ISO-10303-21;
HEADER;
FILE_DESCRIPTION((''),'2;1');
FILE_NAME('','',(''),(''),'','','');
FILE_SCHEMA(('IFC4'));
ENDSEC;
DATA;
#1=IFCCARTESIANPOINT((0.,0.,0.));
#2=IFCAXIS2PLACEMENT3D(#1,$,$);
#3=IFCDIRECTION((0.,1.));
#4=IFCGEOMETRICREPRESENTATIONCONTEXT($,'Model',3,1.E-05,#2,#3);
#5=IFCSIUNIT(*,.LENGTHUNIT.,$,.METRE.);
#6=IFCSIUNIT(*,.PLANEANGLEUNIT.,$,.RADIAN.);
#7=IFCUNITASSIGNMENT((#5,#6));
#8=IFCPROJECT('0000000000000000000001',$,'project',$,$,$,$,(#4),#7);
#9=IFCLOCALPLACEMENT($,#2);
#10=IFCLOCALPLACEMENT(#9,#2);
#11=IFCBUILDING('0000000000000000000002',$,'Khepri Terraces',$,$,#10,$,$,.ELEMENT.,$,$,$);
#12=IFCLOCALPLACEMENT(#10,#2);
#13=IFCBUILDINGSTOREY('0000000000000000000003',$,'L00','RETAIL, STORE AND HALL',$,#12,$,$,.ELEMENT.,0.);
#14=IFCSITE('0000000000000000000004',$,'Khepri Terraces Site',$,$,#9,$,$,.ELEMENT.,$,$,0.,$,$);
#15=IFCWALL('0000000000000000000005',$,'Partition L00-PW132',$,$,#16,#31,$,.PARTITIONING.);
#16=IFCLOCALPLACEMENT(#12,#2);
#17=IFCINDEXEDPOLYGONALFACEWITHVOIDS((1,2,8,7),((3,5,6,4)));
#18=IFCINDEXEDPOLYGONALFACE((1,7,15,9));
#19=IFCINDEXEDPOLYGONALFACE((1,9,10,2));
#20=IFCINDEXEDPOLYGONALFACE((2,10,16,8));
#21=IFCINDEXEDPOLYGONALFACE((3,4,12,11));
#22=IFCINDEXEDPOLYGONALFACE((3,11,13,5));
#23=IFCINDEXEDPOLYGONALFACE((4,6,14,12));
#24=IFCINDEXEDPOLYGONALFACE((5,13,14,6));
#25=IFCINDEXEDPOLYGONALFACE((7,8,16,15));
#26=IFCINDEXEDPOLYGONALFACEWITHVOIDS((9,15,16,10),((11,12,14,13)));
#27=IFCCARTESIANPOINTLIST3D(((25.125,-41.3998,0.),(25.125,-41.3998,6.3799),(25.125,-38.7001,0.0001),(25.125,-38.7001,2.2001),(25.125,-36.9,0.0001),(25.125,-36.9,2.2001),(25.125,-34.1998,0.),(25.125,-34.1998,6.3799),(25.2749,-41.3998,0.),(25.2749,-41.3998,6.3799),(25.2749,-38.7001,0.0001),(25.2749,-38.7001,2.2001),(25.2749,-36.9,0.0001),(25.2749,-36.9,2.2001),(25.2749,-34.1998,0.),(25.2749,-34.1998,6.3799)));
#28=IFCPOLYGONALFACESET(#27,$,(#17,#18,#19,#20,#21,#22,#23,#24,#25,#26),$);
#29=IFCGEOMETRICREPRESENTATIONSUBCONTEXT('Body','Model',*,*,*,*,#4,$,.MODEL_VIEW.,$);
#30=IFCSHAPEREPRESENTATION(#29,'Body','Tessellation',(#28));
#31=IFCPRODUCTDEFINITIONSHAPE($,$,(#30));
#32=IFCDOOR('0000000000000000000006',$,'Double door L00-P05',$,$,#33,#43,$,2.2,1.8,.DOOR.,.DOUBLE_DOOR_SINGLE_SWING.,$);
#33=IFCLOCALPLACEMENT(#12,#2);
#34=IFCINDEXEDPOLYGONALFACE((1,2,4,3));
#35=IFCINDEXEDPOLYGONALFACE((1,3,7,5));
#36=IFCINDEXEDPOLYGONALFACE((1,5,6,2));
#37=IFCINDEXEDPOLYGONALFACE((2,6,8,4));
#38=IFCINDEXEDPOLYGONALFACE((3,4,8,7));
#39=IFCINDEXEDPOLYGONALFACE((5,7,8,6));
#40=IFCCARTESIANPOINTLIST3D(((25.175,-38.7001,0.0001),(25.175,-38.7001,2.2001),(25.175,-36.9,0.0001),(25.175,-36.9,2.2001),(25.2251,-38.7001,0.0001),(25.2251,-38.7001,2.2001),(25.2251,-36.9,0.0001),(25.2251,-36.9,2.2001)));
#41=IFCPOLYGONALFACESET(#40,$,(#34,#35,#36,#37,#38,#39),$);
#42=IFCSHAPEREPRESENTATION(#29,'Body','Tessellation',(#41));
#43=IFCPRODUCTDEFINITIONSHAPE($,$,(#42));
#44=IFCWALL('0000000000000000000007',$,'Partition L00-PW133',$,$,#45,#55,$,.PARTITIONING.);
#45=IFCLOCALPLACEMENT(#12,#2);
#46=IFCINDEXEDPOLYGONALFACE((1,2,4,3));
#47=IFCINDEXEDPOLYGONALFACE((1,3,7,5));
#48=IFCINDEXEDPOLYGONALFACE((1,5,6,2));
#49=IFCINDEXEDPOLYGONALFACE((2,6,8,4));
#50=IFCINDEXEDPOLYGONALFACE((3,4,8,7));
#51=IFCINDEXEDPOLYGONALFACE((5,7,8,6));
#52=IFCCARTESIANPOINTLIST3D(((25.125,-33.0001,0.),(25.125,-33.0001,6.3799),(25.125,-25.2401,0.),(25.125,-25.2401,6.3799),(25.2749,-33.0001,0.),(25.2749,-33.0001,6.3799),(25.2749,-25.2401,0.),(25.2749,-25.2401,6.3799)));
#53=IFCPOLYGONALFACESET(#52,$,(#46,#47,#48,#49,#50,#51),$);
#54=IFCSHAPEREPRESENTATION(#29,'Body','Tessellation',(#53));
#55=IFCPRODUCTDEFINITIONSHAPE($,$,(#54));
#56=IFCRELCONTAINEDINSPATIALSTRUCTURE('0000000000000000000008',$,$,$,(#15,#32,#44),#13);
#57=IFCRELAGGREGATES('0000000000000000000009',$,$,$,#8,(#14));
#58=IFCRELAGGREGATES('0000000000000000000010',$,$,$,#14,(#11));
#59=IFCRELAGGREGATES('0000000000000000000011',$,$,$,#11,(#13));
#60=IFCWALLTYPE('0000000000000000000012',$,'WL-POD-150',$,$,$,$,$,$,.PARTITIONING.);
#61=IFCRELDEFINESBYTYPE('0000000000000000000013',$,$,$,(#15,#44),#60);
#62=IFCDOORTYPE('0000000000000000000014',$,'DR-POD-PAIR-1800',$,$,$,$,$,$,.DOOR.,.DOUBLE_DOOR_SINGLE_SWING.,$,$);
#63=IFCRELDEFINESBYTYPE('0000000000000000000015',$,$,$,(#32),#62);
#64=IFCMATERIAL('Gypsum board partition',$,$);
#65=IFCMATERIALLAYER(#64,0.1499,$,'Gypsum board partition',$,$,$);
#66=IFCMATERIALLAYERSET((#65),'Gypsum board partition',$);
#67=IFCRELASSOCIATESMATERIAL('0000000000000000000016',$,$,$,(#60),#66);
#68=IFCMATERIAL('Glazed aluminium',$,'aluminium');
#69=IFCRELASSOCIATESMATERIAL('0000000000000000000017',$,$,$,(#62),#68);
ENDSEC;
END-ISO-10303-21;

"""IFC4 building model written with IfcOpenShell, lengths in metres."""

from ifc_helpers import new_model, si_unit, direction, frame, frame_2d, origin, place, context, subcontext, project, spatial, rectangle, extrude, material, layer, layer_set, type_object, element, fill, save


model = new_model("IFC4")

# Units and contexts
model_context = context("Model", 3, precision=1e-05, world=origin(), true_north=direction((0.0, 1.0)))
body_context = subcontext(model_context, "Body", "Model", "MODEL_VIEW")
ifc_project = project(units=[si_unit("LENGTHUNIT", "METRE"), si_unit("PLANEANGLEUNIT", "RADIAN")], contexts=[model_context])

# Site, building, storey
site_placement = place(None, origin())
site = spatial("IfcSite", under=ifc_project, at=site_placement, Name="Khepri Terraces Site", CompositionType="ELEMENT", RefElevation=0.0)
building_placement = place(site_placement, origin())
building = spatial("IfcBuilding", under=site, at=building_placement, Name="Khepri Terraces", CompositionType="ELEMENT")
storey_placement = place(building_placement, origin())
storey = spatial("IfcBuildingStorey", under=building, at=storey_placement, Name="L00", Description="RETAIL, STORE AND HALL", CompositionType="ELEMENT", Elevation=0.0)

# Shared definitions
ifc_material_1 = material(Name="Gypsum board partition")
ifc_layer = layer(ifc_material_1, 0.1499, Name="Gypsum board partition")
ifc_layer_set = layer_set([ifc_layer], Name="Gypsum board partition")
wall_type = type_object("IfcWallType", Name="WL-POD-150", PredefinedType="PARTITIONING", material=ifc_layer_set)

# Wall, opening, door
ifc_material_2 = material(Name="Glazed aluminium", Category="aluminium")
door_type = type_object("IfcDoorType", Name="DR-POD-PAIR-1800", OperationType="DOUBLE_DOOR_SINGLE_SWING", PredefinedType="DOOR", material=ifc_material_2)
wall_1_placement = place(storey_placement, frame((25.2, -41.3999, 0.0), z_axis=(0.0, 0.0, 1.0), x_axis=(0.0, 1.0, 0.0)))
wall_1 = element("IfcWall", 1, at=wall_1_placement, inside=storey, type_object=wall_type, Name="Partition L00-PW132", PredefinedType="PARTITIONING", context=body_context, shape_type="SweptSolid", body=[
    extrude(rectangle(XDim=7.2, YDim=0.1499, at=frame_2d((3.6001, 0.0))), origin(), (0.0, 0.0, 1.0), 6.3799),
])
opening_1_placement = place(wall_1_placement, frame((2.7, 0.0, 0.0)))
opening_1 = element("IfcOpeningElement", 2, at=opening_1_placement, cuts=wall_1, PredefinedType="OPENING", context=body_context, shape_type="SweptSolid", body=[
    extrude(rectangle(XDim=1.8, YDim=2.2, at=frame_2d((0.8999, 1.1001))), frame((0.0, 0.085, 0.0), z_axis=(0.0, -1.0, 0.0), x_axis=(1.0, 0.0, 0.0)), (0.0, 0.0, 1.0), 0.1699),
])
door_1_placement = place(opening_1_placement, origin())
door_1 = element("IfcDoor", 3, at=door_1_placement, inside=storey, type_object=door_type, Name="Double door L00-P05", OperationType="DOUBLE_DOOR_SINGLE_SWING", OverallHeight=2.2, OverallWidth=1.8, PredefinedType="DOOR", context=body_context, shape_type="SweptSolid", body=[
    extrude(rectangle(XDim=1.8, YDim=2.2, at=frame_2d((0.8999, 1.1001))), frame((0.0, 0.0249, 0.0), z_axis=(0.0, -1.0, 0.0), x_axis=(1.0, 0.0, 0.0)), (0.0, 0.0, 1.0), 0.05),
])
fill(opening_1, door_1)

# Wall
wall_2_placement = place(storey_placement, frame((25.2, -33.0, 0.0), z_axis=(0.0, 0.0, 1.0), x_axis=(0.0, 1.0, 0.0)))
element("IfcWall", 4, at=wall_2_placement, inside=storey, type_object=wall_type, Name="Partition L00-PW133", PredefinedType="PARTITIONING", context=body_context, shape_type="SweptSolid", body=[
    extrude(rectangle(XDim=7.76, YDim=0.1499, at=frame_2d((3.8799, 0.0))), origin(), (0.0, 0.0, 1.0), 6.3799),
])

save(model, "model.ifc")
